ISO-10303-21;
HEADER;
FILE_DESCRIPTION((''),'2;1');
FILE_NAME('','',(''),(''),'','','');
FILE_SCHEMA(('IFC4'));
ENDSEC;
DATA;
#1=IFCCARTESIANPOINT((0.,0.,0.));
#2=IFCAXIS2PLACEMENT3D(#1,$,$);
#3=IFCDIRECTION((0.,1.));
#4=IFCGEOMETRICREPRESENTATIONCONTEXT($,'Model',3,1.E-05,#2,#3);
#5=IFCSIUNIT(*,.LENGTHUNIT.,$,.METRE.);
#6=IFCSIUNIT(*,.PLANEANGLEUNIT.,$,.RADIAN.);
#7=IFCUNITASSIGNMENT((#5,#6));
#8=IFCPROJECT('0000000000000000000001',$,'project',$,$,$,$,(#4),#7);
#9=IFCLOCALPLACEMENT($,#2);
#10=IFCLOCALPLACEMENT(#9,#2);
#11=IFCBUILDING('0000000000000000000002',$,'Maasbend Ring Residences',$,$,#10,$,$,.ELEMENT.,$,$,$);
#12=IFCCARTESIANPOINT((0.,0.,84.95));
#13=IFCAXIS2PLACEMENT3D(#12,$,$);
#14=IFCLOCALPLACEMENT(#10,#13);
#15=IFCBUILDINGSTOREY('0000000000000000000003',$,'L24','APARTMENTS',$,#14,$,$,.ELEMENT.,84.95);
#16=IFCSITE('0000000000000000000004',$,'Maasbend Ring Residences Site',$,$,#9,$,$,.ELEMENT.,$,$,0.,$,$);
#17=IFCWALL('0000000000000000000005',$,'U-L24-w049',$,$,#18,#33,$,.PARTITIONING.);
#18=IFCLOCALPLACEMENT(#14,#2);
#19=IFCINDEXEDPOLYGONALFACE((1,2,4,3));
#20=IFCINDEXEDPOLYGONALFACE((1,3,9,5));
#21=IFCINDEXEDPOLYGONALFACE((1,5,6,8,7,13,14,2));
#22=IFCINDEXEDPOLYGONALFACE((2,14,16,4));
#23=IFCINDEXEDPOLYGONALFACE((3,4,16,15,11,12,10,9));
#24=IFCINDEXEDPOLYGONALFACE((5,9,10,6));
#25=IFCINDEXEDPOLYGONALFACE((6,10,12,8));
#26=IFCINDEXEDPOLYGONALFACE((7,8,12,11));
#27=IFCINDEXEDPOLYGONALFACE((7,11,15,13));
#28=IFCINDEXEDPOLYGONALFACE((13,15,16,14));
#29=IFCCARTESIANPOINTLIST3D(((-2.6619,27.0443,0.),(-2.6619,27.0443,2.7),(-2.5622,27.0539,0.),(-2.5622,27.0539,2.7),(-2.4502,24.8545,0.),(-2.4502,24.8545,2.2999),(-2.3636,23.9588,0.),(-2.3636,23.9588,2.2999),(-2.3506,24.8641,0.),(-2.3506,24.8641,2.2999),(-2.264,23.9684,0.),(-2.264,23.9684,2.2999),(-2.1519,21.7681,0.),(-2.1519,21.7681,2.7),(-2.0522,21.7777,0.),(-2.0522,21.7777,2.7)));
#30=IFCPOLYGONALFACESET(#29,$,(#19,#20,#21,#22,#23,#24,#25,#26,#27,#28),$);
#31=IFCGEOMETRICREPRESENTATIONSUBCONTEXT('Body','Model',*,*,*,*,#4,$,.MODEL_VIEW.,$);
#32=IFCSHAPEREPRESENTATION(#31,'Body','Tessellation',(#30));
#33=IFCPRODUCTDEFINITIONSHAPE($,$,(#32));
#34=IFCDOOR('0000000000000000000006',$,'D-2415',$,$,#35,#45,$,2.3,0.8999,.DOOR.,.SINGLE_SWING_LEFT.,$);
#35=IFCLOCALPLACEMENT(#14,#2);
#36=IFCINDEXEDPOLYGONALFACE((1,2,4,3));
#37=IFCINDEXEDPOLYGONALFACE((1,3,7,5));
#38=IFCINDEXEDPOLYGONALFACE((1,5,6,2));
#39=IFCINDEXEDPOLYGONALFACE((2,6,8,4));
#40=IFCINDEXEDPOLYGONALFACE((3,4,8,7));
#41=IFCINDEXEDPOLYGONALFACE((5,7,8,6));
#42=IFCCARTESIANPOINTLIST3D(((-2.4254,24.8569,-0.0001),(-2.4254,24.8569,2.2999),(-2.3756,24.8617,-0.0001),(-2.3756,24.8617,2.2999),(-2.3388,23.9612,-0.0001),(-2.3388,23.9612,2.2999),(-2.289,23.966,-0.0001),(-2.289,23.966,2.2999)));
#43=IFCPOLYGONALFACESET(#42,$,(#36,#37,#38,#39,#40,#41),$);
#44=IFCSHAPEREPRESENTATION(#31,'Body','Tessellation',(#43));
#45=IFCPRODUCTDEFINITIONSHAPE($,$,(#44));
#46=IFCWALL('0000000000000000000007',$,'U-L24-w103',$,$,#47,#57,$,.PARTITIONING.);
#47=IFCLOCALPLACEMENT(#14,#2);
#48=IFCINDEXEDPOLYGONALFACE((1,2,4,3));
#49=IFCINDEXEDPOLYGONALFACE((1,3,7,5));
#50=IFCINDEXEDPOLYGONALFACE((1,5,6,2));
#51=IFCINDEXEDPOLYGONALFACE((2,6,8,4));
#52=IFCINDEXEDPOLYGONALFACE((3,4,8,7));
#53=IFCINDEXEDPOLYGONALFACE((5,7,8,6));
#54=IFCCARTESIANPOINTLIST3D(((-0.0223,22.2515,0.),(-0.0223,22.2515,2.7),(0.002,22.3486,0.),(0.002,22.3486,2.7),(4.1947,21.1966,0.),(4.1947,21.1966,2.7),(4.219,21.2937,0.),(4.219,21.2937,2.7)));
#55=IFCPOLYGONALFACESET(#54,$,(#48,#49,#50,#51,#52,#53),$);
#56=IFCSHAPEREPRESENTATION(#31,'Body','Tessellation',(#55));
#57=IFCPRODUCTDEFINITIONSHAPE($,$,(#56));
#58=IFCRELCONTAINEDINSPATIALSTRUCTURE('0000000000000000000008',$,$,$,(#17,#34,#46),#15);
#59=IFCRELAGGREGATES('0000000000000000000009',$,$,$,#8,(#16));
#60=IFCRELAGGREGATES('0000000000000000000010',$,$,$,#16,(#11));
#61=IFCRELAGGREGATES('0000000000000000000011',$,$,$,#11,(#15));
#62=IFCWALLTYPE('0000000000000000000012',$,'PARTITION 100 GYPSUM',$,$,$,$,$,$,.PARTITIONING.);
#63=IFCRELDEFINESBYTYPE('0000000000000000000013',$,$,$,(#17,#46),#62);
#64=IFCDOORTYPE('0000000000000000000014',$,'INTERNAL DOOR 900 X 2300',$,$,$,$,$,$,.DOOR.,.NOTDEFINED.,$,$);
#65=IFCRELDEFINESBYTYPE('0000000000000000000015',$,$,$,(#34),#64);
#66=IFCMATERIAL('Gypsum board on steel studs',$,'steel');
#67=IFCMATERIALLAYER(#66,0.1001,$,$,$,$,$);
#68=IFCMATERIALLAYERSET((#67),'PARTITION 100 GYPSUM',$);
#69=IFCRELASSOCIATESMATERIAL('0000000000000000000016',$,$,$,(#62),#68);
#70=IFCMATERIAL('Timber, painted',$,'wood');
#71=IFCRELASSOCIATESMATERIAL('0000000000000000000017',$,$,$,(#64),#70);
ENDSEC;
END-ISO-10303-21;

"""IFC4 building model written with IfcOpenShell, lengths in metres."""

from ifc_helpers import new_model, si_unit, direction, frame, frame_2d, origin, place, context, subcontext, project, spatial, rectangle, extrude, material, layer, layer_set, type_object, element, fill, save


model = new_model("IFC4")

# Units and contexts
model_context = context("Model", 3, precision=1e-05, world=origin(), true_north=direction((0.0, 1.0)))
body_context = subcontext(model_context, "Body", "Model", "MODEL_VIEW")
ifc_project = project(units=[si_unit("LENGTHUNIT", "METRE"), si_unit("PLANEANGLEUNIT", "RADIAN")], contexts=[model_context])

# Site, building, storey
site_placement = place(None, origin())
site = spatial("IfcSite", under=ifc_project, at=site_placement, Name="Maasbend Ring Residences Site", CompositionType="ELEMENT", RefElevation=0.0)
building_placement = place(site_placement, origin())
building = spatial("IfcBuilding", under=site, at=building_placement, Name="Maasbend Ring Residences", CompositionType="ELEMENT")
storey_placement = place(building_placement, frame((0.0, 0.0, 84.95)))
storey = spatial("IfcBuildingStorey", under=building, at=storey_placement, Name="L24", Description="APARTMENTS", CompositionType="ELEMENT", Elevation=84.95)

# Shared definitions
ifc_material_1 = material(Name="Gypsum board on steel studs", Category="steel")
ifc_layer_1 = layer(ifc_material_1, 0.1001)
ifc_layer_set_1 = layer_set([ifc_layer_1], Name="PARTITION 100 GYPSUM")
wall_type_1 = type_object("IfcWallType", Name="PARTITION 100 GYPSUM", PredefinedType="PARTITIONING", material=ifc_layer_set_1)
ifc_material_2 = material(Name="Timber, painted", Category="wood")
door_type_1 = type_object("IfcDoorType", Name="INTERNAL DOOR 900 X 2300", OperationType="NOTDEFINED", PredefinedType="DOOR", material=ifc_material_2)

# Wall, opening, door
wall_1_placement = place(storey_placement, frame((-2.6121, 27.0491, 0.0), z_axis=(0.0, 0.0, 1.0), x_axis=(0.096215, -0.995361, 0.0)))
wall_1 = element("IfcWall", 1, at=wall_1_placement, inside=storey, type_object=wall_type_1, Name="U-L24-w049", PredefinedType="PARTITIONING", context=body_context, shape_type="SweptSolid", body=[
    extrude(rectangle(XDim=5.3008, YDim=0.1001, at=frame_2d((2.6504, 0.0))), origin(), (0.0, 0.0, 1.0), 2.7),
])
opening_1_placement = place(wall_1_placement, frame((2.2, 0.0, 0.0)))
opening_1 = element("IfcOpeningElement", 2, at=opening_1_placement, cuts=wall_1, PredefinedType="OPENING", context=body_context, shape_type="SweptSolid", body=[
    extrude(rectangle(XDim=0.8999, YDim=2.3, at=frame_2d((0.45, 1.1499))), frame((0.0, 0.0601, 0.0), z_axis=(0.0, -1.0, 0.0), x_axis=(1.0, 0.0, 0.0)), (0.0, 0.0, 1.0), 0.1201),
])
door_1_placement = place(opening_1_placement, origin())
door_1 = element("IfcDoor", 3, at=door_1_placement, inside=storey, type_object=door_type_1, Name="D-2415", OperationType="SINGLE_SWING_LEFT", OverallHeight=2.3, OverallWidth=0.8999, PredefinedType="DOOR", context=body_context, shape_type="SweptSolid", body=[
    extrude(rectangle(XDim=0.8999, YDim=2.3, at=frame_2d((0.45, 1.1499))), frame((0.0, 0.0249, 0.0), z_axis=(0.0, -1.0, 0.0), x_axis=(1.0, 0.0, 0.0)), (0.0, 0.0, 1.0), 0.05),
])
fill(opening_1, door_1)

# Wall
wall_2_placement = place(storey_placement, frame((-0.01, 22.3, 0.0), z_axis=(0.0, 0.0, 1.0), x_axis=(0.970106, -0.242681, 0.0)))
element("IfcWall", 4, at=wall_2_placement, inside=storey, type_object=wall_type_1, Name="U-L24-w103", PredefinedType="PARTITIONING", context=body_context, shape_type="SweptSolid", body=[
    extrude(rectangle(XDim=4.3469, YDim=0.1001, at=frame_2d((2.1733, 0.0))), origin(), (0.0, 0.0, 1.0), 2.7),
])

save(model, "model.ifc")
